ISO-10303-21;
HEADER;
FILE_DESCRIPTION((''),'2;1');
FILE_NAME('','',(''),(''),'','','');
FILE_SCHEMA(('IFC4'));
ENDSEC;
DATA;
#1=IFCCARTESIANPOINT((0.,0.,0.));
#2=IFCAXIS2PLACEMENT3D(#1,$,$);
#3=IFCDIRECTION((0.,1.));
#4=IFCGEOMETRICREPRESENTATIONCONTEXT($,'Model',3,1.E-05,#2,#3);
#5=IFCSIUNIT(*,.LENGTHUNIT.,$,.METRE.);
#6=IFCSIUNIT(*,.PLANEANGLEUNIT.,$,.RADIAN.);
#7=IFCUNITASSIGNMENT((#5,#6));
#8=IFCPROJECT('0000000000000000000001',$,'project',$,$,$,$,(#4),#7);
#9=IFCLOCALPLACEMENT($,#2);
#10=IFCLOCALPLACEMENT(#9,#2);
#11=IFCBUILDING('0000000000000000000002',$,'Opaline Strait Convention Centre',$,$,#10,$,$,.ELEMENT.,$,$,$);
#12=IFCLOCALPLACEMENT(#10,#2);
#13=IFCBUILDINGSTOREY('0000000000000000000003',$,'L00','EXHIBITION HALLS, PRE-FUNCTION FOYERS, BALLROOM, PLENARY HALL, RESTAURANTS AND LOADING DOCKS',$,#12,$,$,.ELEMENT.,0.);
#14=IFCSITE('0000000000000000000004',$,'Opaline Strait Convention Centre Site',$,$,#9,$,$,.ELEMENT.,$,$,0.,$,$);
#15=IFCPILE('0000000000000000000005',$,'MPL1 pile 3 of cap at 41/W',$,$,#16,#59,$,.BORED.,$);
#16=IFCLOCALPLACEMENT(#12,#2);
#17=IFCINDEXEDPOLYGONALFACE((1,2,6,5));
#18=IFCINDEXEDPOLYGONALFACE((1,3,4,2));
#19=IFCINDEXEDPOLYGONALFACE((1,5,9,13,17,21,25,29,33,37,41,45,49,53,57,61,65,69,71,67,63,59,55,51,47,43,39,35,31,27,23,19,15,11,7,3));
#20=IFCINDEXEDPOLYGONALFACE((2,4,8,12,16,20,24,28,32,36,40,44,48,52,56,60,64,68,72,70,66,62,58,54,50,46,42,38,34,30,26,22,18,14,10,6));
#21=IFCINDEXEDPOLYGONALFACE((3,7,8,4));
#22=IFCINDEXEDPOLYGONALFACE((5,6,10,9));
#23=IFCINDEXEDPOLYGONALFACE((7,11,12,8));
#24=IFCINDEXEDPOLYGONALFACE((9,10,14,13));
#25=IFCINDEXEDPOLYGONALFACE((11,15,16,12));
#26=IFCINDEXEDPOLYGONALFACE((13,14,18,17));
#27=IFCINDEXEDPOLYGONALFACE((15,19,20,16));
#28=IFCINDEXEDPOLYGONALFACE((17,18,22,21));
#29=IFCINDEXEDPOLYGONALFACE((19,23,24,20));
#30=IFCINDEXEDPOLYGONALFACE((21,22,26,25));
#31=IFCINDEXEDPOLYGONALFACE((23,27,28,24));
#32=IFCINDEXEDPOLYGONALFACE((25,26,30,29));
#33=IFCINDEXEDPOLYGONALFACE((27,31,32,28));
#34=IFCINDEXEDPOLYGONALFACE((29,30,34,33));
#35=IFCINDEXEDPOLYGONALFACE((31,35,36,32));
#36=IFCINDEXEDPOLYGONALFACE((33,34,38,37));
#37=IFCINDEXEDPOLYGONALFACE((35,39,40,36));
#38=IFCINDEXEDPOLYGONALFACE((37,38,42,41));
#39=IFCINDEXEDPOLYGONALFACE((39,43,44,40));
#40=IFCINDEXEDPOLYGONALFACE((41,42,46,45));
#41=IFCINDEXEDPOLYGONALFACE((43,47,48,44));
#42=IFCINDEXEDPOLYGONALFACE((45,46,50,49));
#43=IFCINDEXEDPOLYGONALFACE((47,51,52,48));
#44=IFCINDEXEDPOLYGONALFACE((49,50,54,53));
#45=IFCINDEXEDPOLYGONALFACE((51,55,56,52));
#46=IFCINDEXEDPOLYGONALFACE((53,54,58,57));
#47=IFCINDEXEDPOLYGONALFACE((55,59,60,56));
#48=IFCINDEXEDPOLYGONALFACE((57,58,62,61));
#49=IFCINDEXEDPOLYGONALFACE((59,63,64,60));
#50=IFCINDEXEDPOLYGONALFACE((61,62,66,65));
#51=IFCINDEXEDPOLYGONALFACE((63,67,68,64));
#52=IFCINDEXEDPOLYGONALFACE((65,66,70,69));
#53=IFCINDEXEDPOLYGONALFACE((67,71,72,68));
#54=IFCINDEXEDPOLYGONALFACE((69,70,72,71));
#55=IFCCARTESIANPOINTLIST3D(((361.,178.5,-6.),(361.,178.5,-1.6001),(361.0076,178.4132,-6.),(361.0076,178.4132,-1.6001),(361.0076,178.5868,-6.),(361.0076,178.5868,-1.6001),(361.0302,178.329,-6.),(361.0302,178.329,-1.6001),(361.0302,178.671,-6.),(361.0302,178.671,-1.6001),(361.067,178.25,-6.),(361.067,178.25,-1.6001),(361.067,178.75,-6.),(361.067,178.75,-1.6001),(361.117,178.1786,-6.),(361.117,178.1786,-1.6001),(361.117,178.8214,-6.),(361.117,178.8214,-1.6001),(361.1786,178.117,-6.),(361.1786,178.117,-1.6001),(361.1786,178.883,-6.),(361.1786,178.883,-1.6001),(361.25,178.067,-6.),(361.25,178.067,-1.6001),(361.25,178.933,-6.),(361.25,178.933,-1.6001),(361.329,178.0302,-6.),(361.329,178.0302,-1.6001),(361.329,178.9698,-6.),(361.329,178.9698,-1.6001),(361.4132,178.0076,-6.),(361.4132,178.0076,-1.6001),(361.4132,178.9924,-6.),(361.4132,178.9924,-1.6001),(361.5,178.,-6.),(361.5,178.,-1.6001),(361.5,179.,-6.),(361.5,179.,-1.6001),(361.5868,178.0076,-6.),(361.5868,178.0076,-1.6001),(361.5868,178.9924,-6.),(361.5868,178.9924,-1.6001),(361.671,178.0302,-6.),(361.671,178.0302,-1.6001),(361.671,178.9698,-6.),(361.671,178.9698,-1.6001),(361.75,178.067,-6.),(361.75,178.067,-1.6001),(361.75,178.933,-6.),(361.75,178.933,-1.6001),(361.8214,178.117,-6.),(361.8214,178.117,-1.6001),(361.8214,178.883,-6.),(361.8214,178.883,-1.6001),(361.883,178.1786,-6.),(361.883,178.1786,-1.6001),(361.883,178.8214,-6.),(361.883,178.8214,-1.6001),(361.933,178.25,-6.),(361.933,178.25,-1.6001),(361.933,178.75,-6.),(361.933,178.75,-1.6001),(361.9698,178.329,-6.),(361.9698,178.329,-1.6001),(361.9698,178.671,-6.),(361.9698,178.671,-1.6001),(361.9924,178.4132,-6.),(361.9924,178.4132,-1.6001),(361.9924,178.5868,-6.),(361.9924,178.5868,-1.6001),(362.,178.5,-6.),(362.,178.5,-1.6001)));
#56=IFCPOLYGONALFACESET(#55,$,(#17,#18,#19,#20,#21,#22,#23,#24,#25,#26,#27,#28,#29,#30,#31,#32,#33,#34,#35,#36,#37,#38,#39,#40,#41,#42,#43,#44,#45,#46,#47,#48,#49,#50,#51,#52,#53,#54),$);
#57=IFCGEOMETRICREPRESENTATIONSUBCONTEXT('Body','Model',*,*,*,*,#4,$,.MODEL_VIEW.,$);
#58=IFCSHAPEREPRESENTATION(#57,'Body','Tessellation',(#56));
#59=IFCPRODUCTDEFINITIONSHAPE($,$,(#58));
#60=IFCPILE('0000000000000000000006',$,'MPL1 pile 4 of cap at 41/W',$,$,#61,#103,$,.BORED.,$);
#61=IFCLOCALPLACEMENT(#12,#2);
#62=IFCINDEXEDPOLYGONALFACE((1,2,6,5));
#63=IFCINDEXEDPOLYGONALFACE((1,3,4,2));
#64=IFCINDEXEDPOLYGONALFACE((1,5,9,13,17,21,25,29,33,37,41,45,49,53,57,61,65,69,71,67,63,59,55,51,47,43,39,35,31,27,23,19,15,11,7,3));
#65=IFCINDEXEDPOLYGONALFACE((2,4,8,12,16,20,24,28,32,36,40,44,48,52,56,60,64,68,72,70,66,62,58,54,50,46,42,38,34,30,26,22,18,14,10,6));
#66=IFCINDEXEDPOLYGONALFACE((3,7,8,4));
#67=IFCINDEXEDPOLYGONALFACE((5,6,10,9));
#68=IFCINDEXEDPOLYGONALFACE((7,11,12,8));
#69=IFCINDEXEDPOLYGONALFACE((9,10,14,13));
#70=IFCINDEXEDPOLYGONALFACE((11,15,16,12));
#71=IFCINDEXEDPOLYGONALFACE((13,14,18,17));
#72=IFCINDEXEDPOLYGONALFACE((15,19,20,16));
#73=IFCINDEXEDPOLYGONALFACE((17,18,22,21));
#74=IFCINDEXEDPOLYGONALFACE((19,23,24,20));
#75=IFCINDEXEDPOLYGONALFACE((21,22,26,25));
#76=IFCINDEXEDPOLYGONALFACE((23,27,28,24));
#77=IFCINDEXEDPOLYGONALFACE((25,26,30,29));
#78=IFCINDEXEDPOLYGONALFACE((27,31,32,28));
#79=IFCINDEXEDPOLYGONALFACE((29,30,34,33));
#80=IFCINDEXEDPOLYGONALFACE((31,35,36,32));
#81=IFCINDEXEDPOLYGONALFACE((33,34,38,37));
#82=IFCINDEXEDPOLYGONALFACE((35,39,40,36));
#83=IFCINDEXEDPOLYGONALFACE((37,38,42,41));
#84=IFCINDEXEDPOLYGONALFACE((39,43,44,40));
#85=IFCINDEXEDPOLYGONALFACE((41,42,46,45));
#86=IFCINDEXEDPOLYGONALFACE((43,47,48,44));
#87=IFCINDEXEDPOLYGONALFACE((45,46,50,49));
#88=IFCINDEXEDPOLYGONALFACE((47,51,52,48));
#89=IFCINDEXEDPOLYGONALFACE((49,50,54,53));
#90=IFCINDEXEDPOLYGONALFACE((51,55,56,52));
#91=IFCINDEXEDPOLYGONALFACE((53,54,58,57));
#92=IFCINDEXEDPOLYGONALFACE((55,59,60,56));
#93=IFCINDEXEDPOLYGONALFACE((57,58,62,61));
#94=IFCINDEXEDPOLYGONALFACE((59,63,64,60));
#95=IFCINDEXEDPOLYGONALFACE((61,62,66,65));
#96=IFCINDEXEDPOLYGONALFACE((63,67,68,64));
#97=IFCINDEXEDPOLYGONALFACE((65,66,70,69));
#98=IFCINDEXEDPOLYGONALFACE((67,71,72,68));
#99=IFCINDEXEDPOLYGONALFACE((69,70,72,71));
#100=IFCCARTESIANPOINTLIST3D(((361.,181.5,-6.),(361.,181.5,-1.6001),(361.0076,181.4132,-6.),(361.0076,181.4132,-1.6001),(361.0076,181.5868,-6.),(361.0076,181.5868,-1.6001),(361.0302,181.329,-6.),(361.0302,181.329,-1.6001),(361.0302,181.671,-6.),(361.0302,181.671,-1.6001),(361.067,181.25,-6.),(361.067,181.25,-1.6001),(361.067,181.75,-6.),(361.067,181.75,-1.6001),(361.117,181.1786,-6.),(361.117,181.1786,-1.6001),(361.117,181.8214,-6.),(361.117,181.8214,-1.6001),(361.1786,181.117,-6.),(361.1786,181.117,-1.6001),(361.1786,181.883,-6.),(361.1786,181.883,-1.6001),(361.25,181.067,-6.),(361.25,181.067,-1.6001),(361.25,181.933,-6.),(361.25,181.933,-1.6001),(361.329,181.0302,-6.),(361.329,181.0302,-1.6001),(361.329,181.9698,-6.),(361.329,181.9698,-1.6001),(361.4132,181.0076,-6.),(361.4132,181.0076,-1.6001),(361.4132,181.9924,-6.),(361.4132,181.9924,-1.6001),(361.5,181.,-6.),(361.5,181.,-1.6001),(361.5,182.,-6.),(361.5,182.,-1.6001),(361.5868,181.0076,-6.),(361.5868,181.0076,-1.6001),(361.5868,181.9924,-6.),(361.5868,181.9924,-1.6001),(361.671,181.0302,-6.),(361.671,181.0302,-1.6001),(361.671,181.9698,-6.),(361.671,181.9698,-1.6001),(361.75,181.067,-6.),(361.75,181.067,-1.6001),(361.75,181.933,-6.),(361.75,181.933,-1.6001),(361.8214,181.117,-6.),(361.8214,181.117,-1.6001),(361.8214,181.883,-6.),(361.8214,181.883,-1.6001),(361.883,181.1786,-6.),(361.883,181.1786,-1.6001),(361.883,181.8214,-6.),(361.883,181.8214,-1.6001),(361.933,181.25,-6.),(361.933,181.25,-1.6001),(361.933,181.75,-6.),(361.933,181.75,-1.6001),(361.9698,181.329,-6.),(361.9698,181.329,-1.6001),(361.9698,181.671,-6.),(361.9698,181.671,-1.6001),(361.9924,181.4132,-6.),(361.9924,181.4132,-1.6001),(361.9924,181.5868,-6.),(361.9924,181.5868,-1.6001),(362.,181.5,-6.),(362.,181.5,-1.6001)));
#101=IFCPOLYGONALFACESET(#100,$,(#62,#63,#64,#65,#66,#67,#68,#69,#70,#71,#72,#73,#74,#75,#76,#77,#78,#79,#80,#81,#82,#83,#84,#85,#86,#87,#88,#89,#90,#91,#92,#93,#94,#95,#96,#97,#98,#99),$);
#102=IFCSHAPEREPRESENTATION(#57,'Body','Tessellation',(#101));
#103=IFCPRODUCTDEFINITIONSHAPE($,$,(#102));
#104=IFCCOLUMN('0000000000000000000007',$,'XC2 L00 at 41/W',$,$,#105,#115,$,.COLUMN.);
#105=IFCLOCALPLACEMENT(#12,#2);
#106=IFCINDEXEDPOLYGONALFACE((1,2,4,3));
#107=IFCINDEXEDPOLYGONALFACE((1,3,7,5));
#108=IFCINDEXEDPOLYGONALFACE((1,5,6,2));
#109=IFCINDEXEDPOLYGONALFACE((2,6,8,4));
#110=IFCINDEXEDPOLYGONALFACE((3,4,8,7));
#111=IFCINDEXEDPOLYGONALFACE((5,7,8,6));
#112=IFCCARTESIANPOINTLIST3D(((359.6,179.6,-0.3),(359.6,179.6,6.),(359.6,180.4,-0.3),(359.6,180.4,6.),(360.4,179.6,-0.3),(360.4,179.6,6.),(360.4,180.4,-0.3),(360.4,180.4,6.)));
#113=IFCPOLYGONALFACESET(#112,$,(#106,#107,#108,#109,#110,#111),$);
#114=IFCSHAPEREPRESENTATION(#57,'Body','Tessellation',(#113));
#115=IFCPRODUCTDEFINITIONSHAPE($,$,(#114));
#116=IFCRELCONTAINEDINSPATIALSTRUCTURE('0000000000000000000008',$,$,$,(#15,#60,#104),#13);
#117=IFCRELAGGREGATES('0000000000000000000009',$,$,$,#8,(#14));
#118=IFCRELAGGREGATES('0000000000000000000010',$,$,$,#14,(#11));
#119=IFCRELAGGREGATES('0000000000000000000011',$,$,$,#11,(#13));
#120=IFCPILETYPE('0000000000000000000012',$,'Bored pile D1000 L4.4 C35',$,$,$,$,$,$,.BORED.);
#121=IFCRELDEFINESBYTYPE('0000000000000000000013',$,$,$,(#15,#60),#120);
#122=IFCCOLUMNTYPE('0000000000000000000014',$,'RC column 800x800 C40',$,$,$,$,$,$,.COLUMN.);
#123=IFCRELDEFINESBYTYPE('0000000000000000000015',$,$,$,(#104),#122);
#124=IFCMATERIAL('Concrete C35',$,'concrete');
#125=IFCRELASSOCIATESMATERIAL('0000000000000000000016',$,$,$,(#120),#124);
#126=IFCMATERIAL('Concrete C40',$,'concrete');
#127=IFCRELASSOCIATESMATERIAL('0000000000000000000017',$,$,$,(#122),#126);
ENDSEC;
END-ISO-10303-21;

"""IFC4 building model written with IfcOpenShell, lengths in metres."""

from ifc_helpers import new_model, si_unit, direction, frame, origin, origin_2d, place, context, subcontext, project, spatial, rectangle, circle, extrude, material, material_profile, profile_set, type_object, element, save


model = new_model("IFC4")

# Units and contexts
model_context = context("Model", 3, precision=1e-05, world=origin(), true_north=direction((0.0, 1.0)))
body_context = subcontext(model_context, "Body", "Model", "MODEL_VIEW")
ifc_project = project(units=[si_unit("LENGTHUNIT", "METRE"), si_unit("PLANEANGLEUNIT", "RADIAN")], contexts=[model_context])

# Site, building, storey
site_placement = place(None, origin())
site = spatial("IfcSite", under=ifc_project, at=site_placement, Name="Opaline Strait Convention Centre Site", CompositionType="ELEMENT", RefElevation=0.0)
building_placement = place(site_placement, origin())
building = spatial("IfcBuilding", under=site, at=building_placement, Name="Opaline Strait Convention Centre", CompositionType="ELEMENT")
storey_placement = place(building_placement, origin())
storey = spatial("IfcBuildingStorey", under=building, at=storey_placement, Name="L00", Description="EXHIBITION HALLS, PRE-FUNCTION FOYERS, BALLROOM, PLENARY HALL, RESTAURANTS AND LOADING DOCKS", CompositionType="ELEMENT", Elevation=0.0)

# Piles
ifc_material_1 = material(Name="Concrete C35", Category="concrete")
ifc_material_profile_1 = material_profile(ifc_material_1, circle(Radius=0.5, at=origin_2d()), Name="D1000")
ifc_profile_set_1 = profile_set([ifc_material_profile_1], Name="Concrete C35")
pile_type = type_object("IfcPileType", Name="Bored pile D1000 L4.4 C35", PredefinedType="BORED", material=ifc_profile_set_1)
for number, where, z_axis, x_axis, name in (
    (1, (361.5, 178.5, -1.6001), (0.0, 0.0, -1.0), (1.0, 0.0, 0.0), "MPL1 pile 3 of cap at 41/W"),
    (2, (361.5, 181.5, -1.6001), (0.0, 0.0, -1.0), (1.0, 0.0, 0.0), "MPL1 pile 4 of cap at 41/W"),
):
    element("IfcPile", number, at=place(storey_placement, frame(where, z_axis=z_axis, x_axis=x_axis)), inside=storey, type_object=pile_type, Name=name, PredefinedType="BORED", context=body_context, shape_type="SweptSolid", body=[
        extrude(circle(Radius=0.5, at=origin_2d()), origin(), (0.0, 0.0, 1.0), 4.3999),
    ])

# Column
ifc_material_2 = material(Name="Concrete C40", Category="concrete")
ifc_material_profile_2 = material_profile(ifc_material_2, rectangle(XDim=0.8, YDim=0.8, at=origin_2d()), Name="RC 800x800")
ifc_profile_set_2 = profile_set([ifc_material_profile_2], Name="Concrete C40")
column_type = type_object("IfcColumnType", Name="RC column 800x800 C40", PredefinedType="COLUMN", material=ifc_profile_set_2)
column_placement = place(storey_placement, frame((360.0, 180.0, -0.3), z_axis=(0.0, 0.0, 1.0), x_axis=(1.0, 0.0, 0.0)))
element("IfcColumn", 3, at=column_placement, inside=storey, type_object=column_type, Name="XC2 L00 at 41/W", PredefinedType="COLUMN", context=body_context, shape_type="SweptSolid", body=[
    extrude(rectangle(XDim=0.8, YDim=0.8, at=origin_2d()), origin(), (0.0, 0.0, 1.0), 6.3),
])

save(model, "model.ifc")
